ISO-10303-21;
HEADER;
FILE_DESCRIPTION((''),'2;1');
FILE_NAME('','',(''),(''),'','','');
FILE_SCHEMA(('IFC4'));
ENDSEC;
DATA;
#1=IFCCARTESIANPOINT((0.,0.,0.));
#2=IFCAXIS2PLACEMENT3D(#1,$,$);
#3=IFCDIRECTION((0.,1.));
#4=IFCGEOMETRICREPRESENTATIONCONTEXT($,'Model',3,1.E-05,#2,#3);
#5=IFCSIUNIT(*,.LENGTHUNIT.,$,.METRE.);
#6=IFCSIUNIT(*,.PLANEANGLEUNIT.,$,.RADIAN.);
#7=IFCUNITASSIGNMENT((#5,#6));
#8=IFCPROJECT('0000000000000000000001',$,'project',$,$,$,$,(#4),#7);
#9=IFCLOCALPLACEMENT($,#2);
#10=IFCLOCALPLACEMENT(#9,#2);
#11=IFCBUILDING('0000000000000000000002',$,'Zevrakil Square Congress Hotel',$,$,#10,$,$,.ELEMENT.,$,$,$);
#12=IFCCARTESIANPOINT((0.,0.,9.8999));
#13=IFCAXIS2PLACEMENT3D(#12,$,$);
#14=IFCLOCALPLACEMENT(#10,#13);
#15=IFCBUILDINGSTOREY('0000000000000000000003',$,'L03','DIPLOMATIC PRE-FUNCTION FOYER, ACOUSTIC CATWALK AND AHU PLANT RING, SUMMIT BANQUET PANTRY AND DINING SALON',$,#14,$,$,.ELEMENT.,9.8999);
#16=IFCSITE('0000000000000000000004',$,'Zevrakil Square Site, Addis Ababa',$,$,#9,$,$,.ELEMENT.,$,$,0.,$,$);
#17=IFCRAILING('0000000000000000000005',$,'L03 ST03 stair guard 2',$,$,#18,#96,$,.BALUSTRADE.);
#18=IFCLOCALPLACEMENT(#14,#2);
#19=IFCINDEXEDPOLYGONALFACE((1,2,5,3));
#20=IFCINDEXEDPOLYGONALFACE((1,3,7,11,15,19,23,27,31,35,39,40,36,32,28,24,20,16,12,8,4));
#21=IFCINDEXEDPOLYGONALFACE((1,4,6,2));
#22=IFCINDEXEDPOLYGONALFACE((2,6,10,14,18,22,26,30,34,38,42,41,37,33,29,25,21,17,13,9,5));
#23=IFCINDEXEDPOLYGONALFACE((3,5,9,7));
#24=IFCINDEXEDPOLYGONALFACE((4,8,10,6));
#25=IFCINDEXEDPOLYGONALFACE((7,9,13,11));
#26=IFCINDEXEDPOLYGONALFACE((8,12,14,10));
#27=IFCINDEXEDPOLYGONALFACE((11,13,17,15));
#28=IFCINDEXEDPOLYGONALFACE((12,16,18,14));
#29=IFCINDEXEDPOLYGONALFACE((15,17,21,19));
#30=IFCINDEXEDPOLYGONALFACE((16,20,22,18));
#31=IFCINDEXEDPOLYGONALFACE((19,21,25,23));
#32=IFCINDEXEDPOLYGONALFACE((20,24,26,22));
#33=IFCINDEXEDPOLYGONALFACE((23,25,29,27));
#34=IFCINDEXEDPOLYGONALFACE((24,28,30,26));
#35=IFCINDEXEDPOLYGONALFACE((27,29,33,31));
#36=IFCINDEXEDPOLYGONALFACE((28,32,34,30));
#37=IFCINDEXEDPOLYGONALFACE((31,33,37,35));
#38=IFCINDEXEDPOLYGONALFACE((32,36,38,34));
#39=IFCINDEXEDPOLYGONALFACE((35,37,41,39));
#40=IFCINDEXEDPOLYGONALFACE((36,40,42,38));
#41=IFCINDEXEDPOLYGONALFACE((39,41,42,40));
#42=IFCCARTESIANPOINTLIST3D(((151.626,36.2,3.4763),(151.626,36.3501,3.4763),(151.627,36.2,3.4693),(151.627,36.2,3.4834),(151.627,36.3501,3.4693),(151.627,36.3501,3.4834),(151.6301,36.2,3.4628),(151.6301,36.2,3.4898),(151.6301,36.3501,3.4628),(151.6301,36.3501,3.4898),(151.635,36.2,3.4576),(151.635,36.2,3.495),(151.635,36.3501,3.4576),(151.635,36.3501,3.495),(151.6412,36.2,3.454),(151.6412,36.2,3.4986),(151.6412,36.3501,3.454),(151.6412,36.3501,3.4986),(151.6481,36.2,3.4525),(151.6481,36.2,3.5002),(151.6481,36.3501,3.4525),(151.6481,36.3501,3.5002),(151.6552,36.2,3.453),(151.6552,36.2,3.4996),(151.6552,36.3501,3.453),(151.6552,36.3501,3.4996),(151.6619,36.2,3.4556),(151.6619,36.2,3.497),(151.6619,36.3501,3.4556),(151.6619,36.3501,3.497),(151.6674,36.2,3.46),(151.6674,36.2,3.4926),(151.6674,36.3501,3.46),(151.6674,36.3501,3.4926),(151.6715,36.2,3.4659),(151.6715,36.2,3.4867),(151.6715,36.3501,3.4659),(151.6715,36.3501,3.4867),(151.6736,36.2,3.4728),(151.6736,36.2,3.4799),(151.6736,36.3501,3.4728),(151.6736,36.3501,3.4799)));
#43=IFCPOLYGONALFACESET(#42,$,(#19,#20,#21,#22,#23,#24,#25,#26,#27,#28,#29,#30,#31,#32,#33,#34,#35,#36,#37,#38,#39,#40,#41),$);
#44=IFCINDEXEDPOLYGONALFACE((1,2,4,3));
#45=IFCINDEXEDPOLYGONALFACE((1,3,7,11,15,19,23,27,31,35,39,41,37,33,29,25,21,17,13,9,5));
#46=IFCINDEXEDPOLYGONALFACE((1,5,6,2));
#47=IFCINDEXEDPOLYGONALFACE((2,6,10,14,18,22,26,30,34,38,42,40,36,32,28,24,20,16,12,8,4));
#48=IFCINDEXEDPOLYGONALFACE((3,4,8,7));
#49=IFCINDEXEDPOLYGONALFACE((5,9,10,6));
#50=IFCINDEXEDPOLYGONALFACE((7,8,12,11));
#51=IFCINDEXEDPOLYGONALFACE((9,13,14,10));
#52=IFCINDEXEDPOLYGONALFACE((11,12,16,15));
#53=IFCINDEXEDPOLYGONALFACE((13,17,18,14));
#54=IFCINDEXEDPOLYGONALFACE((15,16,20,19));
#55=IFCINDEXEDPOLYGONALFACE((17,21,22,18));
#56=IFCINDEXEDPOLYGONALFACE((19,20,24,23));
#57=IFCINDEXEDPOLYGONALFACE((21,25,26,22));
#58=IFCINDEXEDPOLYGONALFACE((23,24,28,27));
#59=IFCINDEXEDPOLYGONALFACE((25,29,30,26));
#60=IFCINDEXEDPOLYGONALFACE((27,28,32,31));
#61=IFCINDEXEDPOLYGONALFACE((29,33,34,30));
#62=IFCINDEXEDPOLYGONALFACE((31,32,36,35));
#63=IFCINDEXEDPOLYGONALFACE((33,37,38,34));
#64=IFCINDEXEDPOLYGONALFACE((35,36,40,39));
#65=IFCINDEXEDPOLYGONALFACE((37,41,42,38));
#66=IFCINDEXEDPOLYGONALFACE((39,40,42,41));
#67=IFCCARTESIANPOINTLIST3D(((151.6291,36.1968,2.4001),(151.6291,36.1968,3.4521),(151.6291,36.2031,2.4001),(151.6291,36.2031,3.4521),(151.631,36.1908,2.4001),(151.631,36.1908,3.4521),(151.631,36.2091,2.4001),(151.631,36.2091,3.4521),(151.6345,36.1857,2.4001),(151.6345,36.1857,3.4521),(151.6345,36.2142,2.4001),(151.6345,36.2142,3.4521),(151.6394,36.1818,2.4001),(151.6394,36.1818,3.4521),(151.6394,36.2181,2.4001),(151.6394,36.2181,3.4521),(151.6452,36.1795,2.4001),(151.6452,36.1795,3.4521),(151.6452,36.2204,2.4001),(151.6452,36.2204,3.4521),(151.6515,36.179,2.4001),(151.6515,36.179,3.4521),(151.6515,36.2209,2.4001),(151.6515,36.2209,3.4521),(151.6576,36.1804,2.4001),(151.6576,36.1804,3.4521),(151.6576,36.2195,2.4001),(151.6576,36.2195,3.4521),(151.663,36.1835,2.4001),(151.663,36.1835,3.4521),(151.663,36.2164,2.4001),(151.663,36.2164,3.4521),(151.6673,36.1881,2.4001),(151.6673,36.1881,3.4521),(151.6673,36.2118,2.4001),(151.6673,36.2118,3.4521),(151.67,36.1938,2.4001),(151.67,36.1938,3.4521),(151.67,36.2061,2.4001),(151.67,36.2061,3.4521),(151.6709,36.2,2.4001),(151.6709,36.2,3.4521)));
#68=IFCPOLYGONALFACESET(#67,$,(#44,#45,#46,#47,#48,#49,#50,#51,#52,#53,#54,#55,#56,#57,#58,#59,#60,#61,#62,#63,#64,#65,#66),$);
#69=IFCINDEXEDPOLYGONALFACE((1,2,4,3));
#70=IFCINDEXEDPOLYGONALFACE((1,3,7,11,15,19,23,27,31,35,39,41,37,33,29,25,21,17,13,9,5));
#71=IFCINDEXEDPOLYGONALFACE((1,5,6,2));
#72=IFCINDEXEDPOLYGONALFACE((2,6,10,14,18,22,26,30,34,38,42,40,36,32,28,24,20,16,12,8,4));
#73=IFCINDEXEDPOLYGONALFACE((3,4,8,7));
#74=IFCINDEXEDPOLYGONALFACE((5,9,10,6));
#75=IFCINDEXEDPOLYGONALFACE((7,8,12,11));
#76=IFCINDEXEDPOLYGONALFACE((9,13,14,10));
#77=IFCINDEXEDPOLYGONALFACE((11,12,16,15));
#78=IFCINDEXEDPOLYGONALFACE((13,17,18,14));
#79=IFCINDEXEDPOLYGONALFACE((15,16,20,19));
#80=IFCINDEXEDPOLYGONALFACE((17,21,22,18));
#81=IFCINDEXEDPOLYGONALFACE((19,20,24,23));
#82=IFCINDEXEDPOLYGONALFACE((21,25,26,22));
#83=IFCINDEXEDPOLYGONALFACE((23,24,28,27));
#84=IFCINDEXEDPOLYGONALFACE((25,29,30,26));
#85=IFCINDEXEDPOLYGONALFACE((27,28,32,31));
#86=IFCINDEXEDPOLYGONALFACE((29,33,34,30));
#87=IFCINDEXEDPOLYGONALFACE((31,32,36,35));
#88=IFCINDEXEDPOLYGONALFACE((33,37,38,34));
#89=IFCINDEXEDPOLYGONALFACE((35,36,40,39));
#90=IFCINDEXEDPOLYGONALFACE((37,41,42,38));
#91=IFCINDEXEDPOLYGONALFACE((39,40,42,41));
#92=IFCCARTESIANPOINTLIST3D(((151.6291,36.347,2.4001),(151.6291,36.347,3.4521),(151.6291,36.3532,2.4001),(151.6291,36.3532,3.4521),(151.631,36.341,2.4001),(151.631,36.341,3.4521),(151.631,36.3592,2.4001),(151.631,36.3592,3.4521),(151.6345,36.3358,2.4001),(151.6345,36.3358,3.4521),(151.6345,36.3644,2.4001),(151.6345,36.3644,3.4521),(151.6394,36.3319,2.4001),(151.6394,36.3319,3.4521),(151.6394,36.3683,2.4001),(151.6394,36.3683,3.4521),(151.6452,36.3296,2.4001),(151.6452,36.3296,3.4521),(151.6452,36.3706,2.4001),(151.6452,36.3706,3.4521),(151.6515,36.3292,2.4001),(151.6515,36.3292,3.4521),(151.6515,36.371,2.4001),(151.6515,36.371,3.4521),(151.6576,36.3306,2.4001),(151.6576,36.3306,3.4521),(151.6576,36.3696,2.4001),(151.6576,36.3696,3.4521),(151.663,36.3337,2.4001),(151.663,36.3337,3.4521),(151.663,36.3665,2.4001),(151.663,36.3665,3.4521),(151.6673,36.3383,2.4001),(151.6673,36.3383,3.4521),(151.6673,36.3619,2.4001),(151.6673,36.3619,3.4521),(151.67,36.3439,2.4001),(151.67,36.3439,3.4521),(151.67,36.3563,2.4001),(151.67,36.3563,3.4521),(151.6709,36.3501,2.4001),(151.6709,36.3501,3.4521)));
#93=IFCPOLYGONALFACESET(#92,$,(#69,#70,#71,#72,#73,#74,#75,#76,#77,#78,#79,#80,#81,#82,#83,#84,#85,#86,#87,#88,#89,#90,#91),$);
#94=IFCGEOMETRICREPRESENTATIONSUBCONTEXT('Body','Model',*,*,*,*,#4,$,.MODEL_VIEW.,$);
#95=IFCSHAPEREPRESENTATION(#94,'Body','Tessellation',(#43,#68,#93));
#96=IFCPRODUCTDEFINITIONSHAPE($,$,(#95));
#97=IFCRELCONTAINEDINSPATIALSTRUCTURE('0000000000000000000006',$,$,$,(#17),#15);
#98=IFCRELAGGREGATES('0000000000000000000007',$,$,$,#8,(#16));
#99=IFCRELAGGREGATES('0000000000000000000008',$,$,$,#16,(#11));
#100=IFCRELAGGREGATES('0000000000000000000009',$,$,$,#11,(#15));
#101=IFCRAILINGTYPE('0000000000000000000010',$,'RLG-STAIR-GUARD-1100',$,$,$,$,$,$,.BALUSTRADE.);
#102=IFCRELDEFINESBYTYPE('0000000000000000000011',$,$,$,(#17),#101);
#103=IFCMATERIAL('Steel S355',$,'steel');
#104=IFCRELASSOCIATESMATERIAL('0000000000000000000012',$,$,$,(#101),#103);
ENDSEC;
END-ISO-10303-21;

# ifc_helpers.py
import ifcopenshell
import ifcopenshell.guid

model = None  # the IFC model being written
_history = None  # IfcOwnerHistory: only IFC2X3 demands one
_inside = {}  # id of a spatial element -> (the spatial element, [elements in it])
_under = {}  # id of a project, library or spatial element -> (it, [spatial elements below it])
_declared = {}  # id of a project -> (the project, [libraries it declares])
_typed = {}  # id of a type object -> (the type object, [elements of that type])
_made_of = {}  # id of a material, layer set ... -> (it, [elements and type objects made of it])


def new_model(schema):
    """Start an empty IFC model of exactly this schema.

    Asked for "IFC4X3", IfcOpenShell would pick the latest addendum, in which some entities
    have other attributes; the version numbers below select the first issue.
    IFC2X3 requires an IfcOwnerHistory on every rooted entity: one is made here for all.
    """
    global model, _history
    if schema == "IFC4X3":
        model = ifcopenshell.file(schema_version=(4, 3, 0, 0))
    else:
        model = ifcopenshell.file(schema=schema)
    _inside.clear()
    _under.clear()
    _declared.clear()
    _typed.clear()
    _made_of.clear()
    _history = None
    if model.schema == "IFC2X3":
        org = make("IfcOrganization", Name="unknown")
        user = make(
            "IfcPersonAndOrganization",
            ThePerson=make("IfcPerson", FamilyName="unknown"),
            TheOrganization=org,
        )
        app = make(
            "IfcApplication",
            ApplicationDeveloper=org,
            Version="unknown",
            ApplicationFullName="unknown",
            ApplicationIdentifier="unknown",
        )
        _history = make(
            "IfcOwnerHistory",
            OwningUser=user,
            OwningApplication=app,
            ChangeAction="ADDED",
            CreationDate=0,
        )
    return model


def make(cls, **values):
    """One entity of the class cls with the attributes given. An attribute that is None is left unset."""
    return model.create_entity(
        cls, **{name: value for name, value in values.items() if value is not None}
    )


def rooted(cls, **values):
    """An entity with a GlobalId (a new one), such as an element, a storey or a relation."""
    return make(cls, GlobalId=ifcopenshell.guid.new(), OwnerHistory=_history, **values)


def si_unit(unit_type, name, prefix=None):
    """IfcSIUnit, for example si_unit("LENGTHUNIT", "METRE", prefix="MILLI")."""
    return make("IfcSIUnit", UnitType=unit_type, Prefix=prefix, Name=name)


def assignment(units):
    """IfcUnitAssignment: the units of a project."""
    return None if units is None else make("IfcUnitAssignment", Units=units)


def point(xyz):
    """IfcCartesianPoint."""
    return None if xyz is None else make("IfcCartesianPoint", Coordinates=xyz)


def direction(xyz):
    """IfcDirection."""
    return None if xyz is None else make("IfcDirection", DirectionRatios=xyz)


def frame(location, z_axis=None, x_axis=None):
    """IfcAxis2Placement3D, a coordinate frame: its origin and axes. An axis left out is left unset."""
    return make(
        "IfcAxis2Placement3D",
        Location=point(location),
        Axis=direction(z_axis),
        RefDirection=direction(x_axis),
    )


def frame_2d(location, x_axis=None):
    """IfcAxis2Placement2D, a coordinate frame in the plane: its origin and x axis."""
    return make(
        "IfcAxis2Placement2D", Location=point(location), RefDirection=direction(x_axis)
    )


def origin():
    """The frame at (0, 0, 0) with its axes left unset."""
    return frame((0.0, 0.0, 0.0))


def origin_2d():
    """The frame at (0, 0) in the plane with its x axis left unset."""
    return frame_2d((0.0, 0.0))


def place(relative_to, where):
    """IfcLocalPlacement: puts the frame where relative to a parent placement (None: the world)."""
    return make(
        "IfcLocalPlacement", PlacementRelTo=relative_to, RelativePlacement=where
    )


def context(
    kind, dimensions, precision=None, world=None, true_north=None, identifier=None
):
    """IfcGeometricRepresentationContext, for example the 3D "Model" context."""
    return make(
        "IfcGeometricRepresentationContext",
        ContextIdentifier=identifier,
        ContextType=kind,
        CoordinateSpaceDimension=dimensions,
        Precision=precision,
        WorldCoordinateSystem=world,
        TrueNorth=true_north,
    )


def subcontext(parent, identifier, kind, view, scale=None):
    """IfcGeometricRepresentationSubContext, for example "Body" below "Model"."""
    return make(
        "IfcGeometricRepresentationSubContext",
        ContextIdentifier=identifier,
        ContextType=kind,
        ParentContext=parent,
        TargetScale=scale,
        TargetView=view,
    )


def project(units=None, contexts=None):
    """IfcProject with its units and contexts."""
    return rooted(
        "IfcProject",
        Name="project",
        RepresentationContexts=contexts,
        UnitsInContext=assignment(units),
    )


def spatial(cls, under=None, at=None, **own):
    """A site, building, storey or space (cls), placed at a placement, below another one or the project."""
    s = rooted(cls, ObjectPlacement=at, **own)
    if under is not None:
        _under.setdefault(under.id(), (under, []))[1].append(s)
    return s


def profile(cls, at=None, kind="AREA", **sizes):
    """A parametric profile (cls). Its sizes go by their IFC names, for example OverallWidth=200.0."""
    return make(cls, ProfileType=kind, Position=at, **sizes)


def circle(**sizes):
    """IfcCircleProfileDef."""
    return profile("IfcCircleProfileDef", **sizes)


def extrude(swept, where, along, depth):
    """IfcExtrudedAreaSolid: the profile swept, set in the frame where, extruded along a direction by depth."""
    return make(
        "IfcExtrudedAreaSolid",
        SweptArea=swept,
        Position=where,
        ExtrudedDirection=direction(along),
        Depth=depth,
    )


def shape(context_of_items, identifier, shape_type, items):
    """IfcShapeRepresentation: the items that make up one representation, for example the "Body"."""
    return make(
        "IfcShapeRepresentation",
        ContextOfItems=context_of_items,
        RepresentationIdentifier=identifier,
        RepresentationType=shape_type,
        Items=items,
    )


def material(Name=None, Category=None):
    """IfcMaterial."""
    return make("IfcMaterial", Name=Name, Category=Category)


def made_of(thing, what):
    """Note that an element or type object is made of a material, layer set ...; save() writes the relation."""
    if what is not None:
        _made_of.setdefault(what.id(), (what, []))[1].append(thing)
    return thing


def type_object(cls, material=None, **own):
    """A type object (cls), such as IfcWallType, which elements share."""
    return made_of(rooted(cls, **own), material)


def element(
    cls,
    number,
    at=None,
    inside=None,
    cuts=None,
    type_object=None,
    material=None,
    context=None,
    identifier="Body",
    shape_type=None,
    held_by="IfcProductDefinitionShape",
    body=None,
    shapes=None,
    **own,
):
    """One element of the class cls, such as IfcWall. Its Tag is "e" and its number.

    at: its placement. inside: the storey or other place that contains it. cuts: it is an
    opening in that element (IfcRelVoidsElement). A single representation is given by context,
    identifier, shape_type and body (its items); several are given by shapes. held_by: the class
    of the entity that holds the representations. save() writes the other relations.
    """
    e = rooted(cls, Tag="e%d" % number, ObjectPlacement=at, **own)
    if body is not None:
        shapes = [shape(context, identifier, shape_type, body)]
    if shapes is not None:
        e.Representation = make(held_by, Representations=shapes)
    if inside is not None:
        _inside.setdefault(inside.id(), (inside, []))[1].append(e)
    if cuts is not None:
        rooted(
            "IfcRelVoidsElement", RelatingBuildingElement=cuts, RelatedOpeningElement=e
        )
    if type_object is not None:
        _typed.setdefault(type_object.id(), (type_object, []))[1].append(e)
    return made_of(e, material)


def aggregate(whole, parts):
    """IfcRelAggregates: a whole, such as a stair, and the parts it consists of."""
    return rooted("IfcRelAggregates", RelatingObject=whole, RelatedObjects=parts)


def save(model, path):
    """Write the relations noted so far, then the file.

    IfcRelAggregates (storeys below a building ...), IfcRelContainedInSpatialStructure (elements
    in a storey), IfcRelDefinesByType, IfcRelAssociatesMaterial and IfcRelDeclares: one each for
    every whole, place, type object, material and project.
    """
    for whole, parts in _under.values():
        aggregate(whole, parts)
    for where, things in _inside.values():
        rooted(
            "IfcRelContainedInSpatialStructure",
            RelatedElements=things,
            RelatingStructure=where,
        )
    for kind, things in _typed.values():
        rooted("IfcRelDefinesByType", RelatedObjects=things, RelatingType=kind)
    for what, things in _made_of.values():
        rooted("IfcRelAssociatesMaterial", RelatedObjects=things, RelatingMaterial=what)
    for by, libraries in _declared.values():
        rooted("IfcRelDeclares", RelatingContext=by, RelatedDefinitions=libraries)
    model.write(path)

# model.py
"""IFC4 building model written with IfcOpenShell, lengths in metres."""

from ifc_helpers import new_model, si_unit, direction, frame, origin, origin_2d, place, context, subcontext, project, spatial, circle, extrude, material, type_object, element, save


model = new_model("IFC4")

# Units and contexts
model_context = context("Model", 3, precision=1e-05, world=origin(), true_north=direction((0.0, 1.0)))
body_context = subcontext(model_context, "Body", "Model", "MODEL_VIEW")
ifc_project = project(units=[si_unit("LENGTHUNIT", "METRE"), si_unit("PLANEANGLEUNIT", "RADIAN")], contexts=[model_context])

# Site, building, storey
site_placement = place(None, origin())
site = spatial("IfcSite", under=ifc_project, at=site_placement, Name="Zevrakil Square Site, Addis Ababa", CompositionType="ELEMENT", RefElevation=0.0)
building_placement = place(site_placement, origin())
building = spatial("IfcBuilding", under=site, at=building_placement, Name="Zevrakil Square Congress Hotel", CompositionType="ELEMENT")
storey_placement = place(building_placement, frame((0.0, 0.0, 9.8999)))
storey = spatial("IfcBuildingStorey", under=building, at=storey_placement, Name="L03", Description="DIPLOMATIC PRE-FUNCTION FOYER, ACOUSTIC CATWALK AND AHU PLANT RING, SUMMIT BANQUET PANTRY AND DINING SALON", CompositionType="ELEMENT", Elevation=9.8999)

# Railing
ifc_material_1 = material(Name="Steel S355", Category="steel")
railing_type_1 = type_object("IfcRailingType", Name="RLG-STAIR-GUARD-1100", PredefinedType="BALUSTRADE", material=ifc_material_1)
railing_1_placement = place(storey_placement, frame((151.6499, 36.2, 2.4001)))
element("IfcRailing", 1, at=railing_1_placement, inside=storey, type_object=railing_type_1, Name="L03 ST03 stair guard 2", PredefinedType="BALUSTRADE", context=body_context, shape_type="SweptSolid", body=[
    extrude(circle(Radius=0.0239, at=origin_2d()), frame((0.0, 0.0, 1.0762), z_axis=(0.0, 1.0, 0.0), x_axis=(-1.0, 0.0, 0.0)), (0.0, 0.0, 1.0), 0.1501),
    extrude(circle(Radius=0.021, at=origin_2d()), origin(), (0.0, 0.0, 1.0), 1.052),
    extrude(circle(Radius=0.021, at=origin_2d()), frame((0.0, 0.1501, 0.0)), (0.0, 0.0, 1.0), 1.052),
])

save(model, "model.ifc")
